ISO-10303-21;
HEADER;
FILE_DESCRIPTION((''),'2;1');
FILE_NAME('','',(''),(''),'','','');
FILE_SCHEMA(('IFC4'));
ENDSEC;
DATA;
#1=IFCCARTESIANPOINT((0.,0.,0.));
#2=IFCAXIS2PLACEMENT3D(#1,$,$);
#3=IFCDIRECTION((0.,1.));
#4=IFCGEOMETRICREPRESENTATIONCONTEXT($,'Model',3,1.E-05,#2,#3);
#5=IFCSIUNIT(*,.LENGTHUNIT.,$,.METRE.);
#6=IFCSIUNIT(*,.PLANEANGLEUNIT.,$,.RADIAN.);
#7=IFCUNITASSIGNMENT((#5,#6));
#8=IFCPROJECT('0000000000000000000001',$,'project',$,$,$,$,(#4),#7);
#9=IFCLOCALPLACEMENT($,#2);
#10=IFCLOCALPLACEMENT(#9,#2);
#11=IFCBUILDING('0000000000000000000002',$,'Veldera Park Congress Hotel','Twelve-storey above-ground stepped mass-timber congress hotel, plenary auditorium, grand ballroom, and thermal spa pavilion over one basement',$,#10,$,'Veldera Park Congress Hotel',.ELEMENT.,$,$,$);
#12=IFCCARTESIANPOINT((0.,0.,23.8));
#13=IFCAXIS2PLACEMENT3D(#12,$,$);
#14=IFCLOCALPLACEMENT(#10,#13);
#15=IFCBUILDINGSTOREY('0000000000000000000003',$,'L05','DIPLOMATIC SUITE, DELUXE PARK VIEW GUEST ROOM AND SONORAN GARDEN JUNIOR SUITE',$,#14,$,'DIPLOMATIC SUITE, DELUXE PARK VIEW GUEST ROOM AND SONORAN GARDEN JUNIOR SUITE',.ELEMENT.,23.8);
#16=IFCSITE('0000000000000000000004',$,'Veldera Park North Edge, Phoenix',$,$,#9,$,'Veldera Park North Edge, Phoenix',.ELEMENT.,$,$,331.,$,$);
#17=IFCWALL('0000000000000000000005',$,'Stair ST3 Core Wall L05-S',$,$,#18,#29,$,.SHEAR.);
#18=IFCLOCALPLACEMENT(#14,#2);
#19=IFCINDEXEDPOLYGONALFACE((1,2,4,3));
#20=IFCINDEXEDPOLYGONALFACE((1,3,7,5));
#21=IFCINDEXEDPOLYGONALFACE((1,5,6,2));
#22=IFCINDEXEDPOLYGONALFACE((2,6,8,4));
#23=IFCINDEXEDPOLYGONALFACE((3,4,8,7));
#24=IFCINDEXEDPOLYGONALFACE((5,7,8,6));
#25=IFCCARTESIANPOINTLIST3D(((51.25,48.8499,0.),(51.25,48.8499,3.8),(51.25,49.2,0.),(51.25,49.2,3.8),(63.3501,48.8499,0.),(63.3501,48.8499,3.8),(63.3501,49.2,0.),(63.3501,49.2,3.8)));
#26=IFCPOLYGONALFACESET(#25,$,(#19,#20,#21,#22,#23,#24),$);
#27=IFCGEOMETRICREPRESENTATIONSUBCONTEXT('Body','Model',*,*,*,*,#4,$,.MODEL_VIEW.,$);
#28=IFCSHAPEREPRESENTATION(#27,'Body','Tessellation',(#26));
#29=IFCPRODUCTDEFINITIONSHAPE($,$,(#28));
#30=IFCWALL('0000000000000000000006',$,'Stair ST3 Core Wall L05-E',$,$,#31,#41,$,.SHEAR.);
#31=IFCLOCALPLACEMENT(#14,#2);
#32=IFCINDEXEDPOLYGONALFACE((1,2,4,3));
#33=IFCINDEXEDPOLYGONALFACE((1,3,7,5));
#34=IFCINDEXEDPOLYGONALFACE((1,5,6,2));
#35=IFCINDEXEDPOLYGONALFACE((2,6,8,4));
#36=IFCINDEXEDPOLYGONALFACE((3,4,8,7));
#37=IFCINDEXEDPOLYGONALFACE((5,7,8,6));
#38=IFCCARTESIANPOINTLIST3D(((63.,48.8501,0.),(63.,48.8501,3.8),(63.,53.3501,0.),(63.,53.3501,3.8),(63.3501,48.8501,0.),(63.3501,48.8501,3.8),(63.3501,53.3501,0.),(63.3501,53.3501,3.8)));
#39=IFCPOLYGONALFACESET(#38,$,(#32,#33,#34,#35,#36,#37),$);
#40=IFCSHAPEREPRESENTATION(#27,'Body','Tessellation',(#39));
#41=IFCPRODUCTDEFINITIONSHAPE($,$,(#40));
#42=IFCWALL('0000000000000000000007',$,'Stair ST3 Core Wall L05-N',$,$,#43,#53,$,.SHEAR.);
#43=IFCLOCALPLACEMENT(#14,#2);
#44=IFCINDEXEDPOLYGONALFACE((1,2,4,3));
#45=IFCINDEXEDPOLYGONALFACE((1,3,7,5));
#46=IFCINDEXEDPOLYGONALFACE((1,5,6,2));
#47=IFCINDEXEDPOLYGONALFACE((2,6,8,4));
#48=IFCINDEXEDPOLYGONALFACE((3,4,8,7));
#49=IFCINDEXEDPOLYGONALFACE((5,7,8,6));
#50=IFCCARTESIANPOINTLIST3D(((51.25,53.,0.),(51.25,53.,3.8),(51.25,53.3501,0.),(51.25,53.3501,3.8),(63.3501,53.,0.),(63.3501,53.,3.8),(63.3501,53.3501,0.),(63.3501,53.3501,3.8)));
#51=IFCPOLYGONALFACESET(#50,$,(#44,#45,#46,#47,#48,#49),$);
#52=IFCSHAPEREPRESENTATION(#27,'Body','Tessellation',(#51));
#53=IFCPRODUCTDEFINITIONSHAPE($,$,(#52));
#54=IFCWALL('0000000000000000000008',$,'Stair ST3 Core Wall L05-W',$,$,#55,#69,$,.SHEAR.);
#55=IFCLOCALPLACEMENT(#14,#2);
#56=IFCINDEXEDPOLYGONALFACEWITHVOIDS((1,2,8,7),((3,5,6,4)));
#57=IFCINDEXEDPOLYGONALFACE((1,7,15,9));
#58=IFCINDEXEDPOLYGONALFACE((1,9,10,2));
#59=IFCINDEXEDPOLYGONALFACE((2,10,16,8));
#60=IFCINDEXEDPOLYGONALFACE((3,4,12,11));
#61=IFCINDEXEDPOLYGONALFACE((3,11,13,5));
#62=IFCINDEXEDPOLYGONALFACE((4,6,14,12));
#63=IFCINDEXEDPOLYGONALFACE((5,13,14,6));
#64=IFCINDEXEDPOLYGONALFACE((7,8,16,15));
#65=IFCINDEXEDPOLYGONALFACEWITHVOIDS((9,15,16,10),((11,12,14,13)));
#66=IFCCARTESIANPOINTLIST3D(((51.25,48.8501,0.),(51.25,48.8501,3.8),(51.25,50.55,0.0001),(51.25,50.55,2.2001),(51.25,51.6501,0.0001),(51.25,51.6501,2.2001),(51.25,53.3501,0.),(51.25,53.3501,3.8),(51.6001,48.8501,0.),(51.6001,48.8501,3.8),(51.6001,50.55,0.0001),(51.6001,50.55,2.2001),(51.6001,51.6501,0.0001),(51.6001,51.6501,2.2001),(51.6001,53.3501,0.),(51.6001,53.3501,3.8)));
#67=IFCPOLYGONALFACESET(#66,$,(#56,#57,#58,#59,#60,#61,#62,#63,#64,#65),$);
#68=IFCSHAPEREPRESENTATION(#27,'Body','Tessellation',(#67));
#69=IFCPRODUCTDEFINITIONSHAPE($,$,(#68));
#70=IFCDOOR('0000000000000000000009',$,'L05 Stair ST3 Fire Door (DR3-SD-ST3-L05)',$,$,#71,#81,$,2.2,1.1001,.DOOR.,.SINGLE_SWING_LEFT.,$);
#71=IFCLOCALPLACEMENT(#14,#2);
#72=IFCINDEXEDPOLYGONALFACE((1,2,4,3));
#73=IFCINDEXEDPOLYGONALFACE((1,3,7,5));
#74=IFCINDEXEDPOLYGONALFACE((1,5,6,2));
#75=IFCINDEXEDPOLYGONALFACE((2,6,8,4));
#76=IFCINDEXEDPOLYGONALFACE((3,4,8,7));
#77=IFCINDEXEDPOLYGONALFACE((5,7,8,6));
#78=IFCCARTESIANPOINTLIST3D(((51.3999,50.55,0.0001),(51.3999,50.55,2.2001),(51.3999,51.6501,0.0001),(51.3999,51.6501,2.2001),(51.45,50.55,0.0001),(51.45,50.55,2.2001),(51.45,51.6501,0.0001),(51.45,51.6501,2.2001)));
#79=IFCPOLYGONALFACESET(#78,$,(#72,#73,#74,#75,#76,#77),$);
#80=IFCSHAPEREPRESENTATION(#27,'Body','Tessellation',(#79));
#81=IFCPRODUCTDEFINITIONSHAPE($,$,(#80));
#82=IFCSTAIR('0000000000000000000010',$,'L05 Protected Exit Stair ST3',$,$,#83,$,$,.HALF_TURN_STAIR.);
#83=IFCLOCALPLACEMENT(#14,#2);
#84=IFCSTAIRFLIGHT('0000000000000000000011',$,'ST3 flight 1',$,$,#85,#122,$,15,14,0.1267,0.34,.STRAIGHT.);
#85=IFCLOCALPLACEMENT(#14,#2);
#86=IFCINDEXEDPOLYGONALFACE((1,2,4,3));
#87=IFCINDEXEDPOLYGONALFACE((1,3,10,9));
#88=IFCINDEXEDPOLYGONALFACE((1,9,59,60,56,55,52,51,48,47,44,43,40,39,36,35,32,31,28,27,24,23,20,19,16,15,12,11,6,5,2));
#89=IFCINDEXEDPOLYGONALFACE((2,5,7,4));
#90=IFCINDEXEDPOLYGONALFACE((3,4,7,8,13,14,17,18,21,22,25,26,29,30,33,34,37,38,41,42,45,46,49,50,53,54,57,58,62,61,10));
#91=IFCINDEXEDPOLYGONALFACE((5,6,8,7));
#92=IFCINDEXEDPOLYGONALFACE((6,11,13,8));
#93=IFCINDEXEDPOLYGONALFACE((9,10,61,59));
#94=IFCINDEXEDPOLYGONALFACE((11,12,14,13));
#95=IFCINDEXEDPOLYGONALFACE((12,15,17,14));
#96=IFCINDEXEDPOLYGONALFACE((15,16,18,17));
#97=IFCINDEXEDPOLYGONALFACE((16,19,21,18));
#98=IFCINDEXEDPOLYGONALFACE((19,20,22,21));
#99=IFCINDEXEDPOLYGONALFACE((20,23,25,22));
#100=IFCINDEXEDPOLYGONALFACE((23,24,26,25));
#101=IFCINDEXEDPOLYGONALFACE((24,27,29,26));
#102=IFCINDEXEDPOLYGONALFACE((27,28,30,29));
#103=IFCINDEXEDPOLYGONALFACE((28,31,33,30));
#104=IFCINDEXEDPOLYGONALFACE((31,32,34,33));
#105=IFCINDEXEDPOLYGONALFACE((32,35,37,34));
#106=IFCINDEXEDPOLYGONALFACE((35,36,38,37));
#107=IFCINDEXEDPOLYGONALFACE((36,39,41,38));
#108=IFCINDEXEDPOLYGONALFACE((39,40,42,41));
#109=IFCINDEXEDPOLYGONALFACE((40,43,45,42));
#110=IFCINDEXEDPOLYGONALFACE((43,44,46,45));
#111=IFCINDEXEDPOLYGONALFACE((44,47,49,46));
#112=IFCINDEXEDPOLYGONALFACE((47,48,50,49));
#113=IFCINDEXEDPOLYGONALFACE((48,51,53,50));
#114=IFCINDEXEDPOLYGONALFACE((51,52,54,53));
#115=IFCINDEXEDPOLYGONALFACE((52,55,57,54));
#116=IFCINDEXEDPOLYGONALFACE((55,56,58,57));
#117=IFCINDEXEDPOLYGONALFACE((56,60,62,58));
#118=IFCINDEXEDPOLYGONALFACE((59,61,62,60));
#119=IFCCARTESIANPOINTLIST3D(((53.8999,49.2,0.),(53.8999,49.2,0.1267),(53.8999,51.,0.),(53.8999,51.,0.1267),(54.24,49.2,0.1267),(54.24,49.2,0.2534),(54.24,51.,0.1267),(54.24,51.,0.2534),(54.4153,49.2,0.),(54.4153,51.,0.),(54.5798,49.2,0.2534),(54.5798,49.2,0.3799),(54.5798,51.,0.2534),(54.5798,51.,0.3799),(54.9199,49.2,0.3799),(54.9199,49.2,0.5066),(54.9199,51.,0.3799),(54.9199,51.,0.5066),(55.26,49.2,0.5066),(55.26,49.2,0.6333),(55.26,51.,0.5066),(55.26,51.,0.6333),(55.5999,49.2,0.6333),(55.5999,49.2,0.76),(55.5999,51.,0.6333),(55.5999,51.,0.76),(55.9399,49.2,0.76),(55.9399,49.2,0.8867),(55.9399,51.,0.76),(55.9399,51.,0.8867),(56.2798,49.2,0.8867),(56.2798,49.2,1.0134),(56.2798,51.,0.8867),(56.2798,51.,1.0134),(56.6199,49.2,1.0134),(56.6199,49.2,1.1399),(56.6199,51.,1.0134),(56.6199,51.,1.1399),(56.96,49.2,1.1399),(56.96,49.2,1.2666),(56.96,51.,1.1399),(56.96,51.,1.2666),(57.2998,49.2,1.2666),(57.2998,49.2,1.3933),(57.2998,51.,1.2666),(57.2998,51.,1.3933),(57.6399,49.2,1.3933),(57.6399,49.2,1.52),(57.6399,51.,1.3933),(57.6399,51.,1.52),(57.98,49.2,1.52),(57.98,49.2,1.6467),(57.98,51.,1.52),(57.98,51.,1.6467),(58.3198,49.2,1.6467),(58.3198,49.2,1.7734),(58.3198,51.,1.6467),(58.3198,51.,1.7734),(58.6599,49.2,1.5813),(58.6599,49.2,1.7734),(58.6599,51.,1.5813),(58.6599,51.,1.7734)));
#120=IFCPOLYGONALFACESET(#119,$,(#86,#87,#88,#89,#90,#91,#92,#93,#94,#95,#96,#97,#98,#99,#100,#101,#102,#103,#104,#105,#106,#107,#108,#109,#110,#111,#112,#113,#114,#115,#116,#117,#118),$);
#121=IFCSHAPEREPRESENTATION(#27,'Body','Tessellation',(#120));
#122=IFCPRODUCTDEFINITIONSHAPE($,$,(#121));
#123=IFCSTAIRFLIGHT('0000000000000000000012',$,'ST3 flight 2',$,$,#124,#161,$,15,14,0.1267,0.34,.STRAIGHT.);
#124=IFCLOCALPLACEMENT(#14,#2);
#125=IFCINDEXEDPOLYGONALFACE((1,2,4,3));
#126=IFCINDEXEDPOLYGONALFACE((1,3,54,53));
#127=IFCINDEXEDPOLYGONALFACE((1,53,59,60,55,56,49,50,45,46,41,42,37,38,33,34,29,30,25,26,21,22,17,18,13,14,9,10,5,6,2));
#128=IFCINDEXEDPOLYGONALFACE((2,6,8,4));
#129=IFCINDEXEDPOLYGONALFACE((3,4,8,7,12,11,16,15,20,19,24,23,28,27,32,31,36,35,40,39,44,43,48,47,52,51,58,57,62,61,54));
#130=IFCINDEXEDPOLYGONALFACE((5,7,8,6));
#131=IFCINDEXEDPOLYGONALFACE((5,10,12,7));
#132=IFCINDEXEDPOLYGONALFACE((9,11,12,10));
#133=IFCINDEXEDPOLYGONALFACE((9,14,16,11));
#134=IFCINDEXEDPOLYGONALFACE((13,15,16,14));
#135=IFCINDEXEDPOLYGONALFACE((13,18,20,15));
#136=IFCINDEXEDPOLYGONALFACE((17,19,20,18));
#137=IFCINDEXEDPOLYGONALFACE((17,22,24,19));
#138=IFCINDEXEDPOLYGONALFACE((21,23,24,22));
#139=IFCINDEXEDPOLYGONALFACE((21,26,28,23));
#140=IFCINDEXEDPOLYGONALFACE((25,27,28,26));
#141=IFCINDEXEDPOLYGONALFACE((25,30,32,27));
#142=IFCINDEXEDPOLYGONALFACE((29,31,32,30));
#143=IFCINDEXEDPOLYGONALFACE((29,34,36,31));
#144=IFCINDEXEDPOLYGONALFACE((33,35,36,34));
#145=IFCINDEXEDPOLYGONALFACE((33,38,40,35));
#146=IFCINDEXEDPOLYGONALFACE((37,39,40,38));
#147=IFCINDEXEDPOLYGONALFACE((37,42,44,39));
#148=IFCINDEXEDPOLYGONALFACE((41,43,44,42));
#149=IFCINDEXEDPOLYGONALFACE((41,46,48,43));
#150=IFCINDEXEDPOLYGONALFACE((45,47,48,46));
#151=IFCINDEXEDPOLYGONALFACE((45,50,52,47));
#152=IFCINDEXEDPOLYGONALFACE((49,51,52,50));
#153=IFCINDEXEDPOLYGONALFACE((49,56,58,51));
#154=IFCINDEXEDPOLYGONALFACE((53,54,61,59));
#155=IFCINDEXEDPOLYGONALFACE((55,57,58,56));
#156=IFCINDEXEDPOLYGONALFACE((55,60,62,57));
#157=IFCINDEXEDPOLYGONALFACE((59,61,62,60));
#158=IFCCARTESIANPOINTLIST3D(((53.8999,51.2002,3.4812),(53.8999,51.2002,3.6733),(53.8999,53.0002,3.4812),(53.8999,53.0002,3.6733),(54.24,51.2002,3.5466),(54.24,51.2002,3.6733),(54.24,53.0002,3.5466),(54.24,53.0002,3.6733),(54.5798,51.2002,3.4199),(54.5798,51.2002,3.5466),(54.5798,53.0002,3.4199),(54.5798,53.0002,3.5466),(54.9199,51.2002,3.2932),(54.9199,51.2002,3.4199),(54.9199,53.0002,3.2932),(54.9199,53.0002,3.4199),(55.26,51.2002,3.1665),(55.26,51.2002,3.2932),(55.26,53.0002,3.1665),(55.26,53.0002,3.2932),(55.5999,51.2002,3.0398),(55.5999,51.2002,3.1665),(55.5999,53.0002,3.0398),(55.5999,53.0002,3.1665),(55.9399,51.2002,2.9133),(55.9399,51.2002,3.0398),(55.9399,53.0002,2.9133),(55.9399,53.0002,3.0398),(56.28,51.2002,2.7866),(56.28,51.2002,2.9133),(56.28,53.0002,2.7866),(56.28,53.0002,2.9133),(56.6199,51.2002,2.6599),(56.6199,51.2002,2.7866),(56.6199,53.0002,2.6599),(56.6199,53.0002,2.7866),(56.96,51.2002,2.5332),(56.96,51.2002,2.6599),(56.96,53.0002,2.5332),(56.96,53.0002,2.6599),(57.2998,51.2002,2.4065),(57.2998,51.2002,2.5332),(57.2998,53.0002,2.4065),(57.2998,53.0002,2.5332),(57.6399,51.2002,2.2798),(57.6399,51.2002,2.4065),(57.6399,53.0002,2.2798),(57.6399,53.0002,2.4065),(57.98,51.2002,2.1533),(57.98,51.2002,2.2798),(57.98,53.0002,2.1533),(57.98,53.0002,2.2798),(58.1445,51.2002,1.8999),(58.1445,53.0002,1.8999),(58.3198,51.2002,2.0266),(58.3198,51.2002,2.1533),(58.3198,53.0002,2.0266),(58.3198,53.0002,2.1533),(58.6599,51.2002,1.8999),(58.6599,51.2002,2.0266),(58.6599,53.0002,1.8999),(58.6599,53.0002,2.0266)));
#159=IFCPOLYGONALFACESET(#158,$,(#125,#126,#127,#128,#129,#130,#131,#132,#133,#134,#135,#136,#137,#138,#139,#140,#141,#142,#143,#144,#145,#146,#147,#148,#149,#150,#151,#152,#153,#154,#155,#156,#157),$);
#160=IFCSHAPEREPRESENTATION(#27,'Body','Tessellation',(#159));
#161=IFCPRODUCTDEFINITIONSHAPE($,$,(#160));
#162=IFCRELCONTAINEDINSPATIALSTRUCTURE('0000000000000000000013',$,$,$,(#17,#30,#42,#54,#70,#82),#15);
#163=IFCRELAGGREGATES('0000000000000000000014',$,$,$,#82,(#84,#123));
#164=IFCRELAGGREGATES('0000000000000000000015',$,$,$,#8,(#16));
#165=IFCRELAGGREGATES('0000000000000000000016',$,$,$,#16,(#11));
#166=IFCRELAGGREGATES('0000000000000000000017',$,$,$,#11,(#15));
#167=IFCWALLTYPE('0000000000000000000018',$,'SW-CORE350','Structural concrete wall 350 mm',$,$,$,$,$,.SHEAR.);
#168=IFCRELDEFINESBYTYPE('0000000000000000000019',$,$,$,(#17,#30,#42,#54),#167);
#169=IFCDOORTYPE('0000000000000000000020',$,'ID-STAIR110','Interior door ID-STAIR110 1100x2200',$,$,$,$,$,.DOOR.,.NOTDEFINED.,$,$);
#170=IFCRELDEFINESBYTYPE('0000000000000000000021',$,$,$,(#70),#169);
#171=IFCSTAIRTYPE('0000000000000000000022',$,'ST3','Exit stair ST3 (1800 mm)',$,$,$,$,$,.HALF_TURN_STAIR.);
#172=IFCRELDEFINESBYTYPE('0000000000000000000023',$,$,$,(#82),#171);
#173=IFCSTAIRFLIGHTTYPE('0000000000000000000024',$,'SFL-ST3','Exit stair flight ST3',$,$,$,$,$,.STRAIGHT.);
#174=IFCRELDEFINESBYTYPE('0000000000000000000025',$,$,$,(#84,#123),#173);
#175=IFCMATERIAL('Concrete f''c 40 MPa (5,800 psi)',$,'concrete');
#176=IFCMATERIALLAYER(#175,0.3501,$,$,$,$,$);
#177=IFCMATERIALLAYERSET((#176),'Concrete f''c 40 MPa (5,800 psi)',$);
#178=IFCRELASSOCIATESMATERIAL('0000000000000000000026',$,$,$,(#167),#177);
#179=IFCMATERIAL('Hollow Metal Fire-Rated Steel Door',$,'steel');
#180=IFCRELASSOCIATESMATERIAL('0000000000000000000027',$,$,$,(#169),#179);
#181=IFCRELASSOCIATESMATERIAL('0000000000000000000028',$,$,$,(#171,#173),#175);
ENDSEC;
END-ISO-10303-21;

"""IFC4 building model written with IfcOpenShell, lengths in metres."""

from ifc_helpers import new_model, si_unit, direction, frame, frame_2d, origin, place, context, subcontext, project, spatial, polyline, rectangle, outline, extrude, material, layer, layer_set, type_object, element, fill, aggregate, save


model = new_model("IFC4")

# Units and contexts
model_context = context("Model", 3, precision=1e-05, world=origin(), true_north=direction((0.0, 1.0)))
body_context = subcontext(model_context, "Body", "Model", "MODEL_VIEW")
ifc_project = project(units=[si_unit("LENGTHUNIT", "METRE"), si_unit("PLANEANGLEUNIT", "RADIAN")], contexts=[model_context])

# Site, building, storey
site_placement = place(None, origin())
site = spatial("IfcSite", under=ifc_project, at=site_placement, Name="Veldera Park North Edge, Phoenix", LongName="Veldera Park North Edge, Phoenix", CompositionType="ELEMENT", RefElevation=331.0)
building_placement = place(site_placement, origin())
building = spatial("IfcBuilding", under=site, at=building_placement, Name="Veldera Park Congress Hotel", Description="Twelve-storey above-ground stepped mass-timber congress hotel, plenary auditorium, grand ballroom, and thermal spa pavilion over one basement", LongName="Veldera Park Congress Hotel", CompositionType="ELEMENT")
storey_placement = place(building_placement, frame((0.0, 0.0, 23.8)))
storey = spatial("IfcBuildingStorey", under=building, at=storey_placement, Name="L05", Description="DIPLOMATIC SUITE, DELUXE PARK VIEW GUEST ROOM AND SONORAN GARDEN JUNIOR SUITE", LongName="DIPLOMATIC SUITE, DELUXE PARK VIEW GUEST ROOM AND SONORAN GARDEN JUNIOR SUITE", CompositionType="ELEMENT", Elevation=23.8)

# Walls
ifc_material_1 = material(Name="Concrete f'c 40 MPa (5,800 psi)", Category="concrete")
ifc_layer_1 = layer(ifc_material_1, 0.3501)
ifc_layer_set_1 = layer_set([ifc_layer_1], Name="Concrete f'c 40 MPa (5,800 psi)")
wall_type_1 = type_object("IfcWallType", Name="SW-CORE350", Description="Structural concrete wall 350 mm", PredefinedType="SHEAR", material=ifc_layer_set_1)
wall_1_placement = place(storey_placement, frame((51.25, 49.0249, 0.0), z_axis=(0.0, 0.0, 1.0), x_axis=(1.0, 0.0, 0.0)))
element("IfcWall", 1, at=wall_1_placement, inside=storey, type_object=wall_type_1, Name="Stair ST3 Core Wall L05-S", PredefinedType="SHEAR", context=body_context, shape_type="SweptSolid", body=[
    extrude(rectangle(XDim=12.1001, YDim=0.3501, at=frame_2d((6.05, 0.0))), origin(), (0.0, 0.0, 1.0), 3.8),
])
wall_2_placement = place(storey_placement, frame((63.175, 48.8501, 0.0), z_axis=(0.0, 0.0, 1.0), x_axis=(0.0, 1.0, 0.0)))
element("IfcWall", 2, at=wall_2_placement, inside=storey, type_object=wall_type_1, Name="Stair ST3 Core Wall L05-E", PredefinedType="SHEAR", context=body_context, shape_type="SweptSolid", body=[
    extrude(rectangle(XDim=4.5, YDim=0.3501, at=frame_2d((2.25, 0.0))), origin(), (0.0, 0.0, 1.0), 3.8),
])
wall_3_placement = place(storey_placement, frame((63.3501, 53.175, 0.0), z_axis=(0.0, 0.0, 1.0), x_axis=(-1.0, 0.0, 0.0)))
element("IfcWall", 3, at=wall_3_placement, inside=storey, type_object=wall_type_1, Name="Stair ST3 Core Wall L05-N", PredefinedType="SHEAR", context=body_context, shape_type="SweptSolid", body=[
    extrude(rectangle(XDim=12.1001, YDim=0.3501, at=frame_2d((6.05, 0.0))), origin(), (0.0, 0.0, 1.0), 3.8),
])

# Wall, opening, door
wall_4_placement = place(storey_placement, frame((51.425, 53.3501, 0.0), z_axis=(0.0, 0.0, 1.0), x_axis=(0.0, -1.0, 0.0)))
wall_4 = element("IfcWall", 4, at=wall_4_placement, inside=storey, type_object=wall_type_1, Name="Stair ST3 Core Wall L05-W", PredefinedType="SHEAR", context=body_context, shape_type="SweptSolid", body=[
    extrude(rectangle(XDim=4.5, YDim=0.3501, at=frame_2d((2.25, 0.0))), origin(), (0.0, 0.0, 1.0), 3.8),
])
opening_1_placement = place(wall_4_placement, frame((1.7, 0.0, 0.0)))
opening_1 = element("IfcOpeningElement", 5, at=opening_1_placement, cuts=wall_4, PredefinedType="OPENING", context=body_context, shape_type="SweptSolid", body=[
    extrude(rectangle(XDim=1.1001, YDim=2.2, at=frame_2d((0.55, 1.1001))), frame((0.0, 0.187, 0.0), z_axis=(0.0, -1.0, 0.0), x_axis=(1.0, 0.0, 0.0)), (0.0, 0.0, 1.0), 0.374),
])
ifc_material_2 = material(Name="Hollow Metal Fire-Rated Steel Door", Category="steel")
door_type = type_object("IfcDoorType", Name="ID-STAIR110", Description="Interior door ID-STAIR110 1100x2200", OperationType="NOTDEFINED", PredefinedType="DOOR", material=ifc_material_2)
door_placement = place(opening_1_placement, origin())
door = element("IfcDoor", 6, at=door_placement, inside=storey, type_object=door_type, Name="L05 Stair ST3 Fire Door (DR3-SD-ST3-L05)", OperationType="SINGLE_SWING_LEFT", OverallHeight=2.2, OverallWidth=1.1001, PredefinedType="DOOR", context=body_context, shape_type="SweptSolid", body=[
    extrude(rectangle(XDim=1.1001, YDim=2.2, at=frame_2d((0.55, 1.1001))), frame((0.0, 0.0249, 0.0), z_axis=(0.0, -1.0, 0.0), x_axis=(1.0, 0.0, 0.0)), (0.0, 0.0, 1.0), 0.05),
])
fill(opening_1, door)

# Stair, stair flights
stair_type = type_object("IfcStairType", Name="ST3", Description="Exit stair ST3 (1800 mm)", PredefinedType="HALF_TURN_STAIR", material=ifc_material_1)
stair_placement = place(storey_placement, origin())
stair = element("IfcStair", 7, at=stair_placement, inside=storey, type_object=stair_type, Name="L05 Protected Exit Stair ST3", PredefinedType="HALF_TURN_STAIR")
stair_flight_type = type_object("IfcStairFlightType", Name="SFL-ST3", Description="Exit stair flight ST3", PredefinedType="STRAIGHT", material=ifc_material_1)
stair_flight_1_placement = place(storey_placement, frame((53.8999, 50.1001, 0.0), z_axis=(0.0, 0.0, 1.0), x_axis=(1.0, 0.0, 0.0)))
stair_flight_1 = element("IfcStairFlight", 8, at=stair_flight_1_placement, type_object=stair_flight_type, Name="ST3 flight 1", NumberOfRisers=15, NumberOfTreads=14, PredefinedType="STRAIGHT", RiserHeight=0.1267, TreadLength=0.34, context=body_context, shape_type="SweptSolid", body=[
    extrude(outline(polyline([(0.0, 0.0), (0.0, 0.1267), (0.3401, 0.1267), (0.3401, 0.2534), (0.6799, 0.2534), (0.6799, 0.3799), (1.02, 0.3799), (1.02, 0.5066), (1.3601, 0.5066), (1.3601, 0.6333), (1.7, 0.6333), (1.7, 0.76), (2.04, 0.76), (2.04, 0.8867), (2.3799, 0.8867), (2.3799, 1.0134), (2.72, 1.0134), (2.72, 1.1399), (3.0601, 1.1399), (3.0601, 1.2666), (3.3999, 1.2666), (3.3999, 1.3933), (3.74, 1.3933), (3.74, 1.52), (4.0801, 1.52), (4.0801, 1.6467), (4.4199, 1.6467), (4.4199, 1.7734), (4.76, 1.7734), (4.76, 1.8999), (4.76, 1.8999), (4.76, 1.5813), (0.5154, 0.0), (0.0, 0.0)])), frame((0.0, 0.8999, 0.0), z_axis=(0.0, -1.0, 0.0), x_axis=(1.0, 0.0, 0.0)), (0.0, 0.0, 1.0), 1.8),
])
stair_flight_2_placement = place(storey_placement, frame((58.6599, 52.1001, 1.8999), z_axis=(0.0, 0.0, 1.0), x_axis=(-1.0, 0.0, 0.0)))
stair_flight_2 = element("IfcStairFlight", 9, at=stair_flight_2_placement, type_object=stair_flight_type, Name="ST3 flight 2", NumberOfRisers=15, NumberOfTreads=14, PredefinedType="STRAIGHT", RiserHeight=0.1267, TreadLength=0.34, context=body_context, shape_type="SweptSolid", body=[
    extrude(outline(polyline([(0.0, 0.0), (0.0, 0.1267), (0.3401, 0.1267), (0.3401, 0.2534), (0.6799, 0.2534), (0.6799, 0.3799), (1.02, 0.3799), (1.02, 0.5066), (1.3601, 0.5066), (1.3601, 0.6333), (1.7, 0.6333), (1.7, 0.76), (2.04, 0.76), (2.04, 0.8867), (2.3799, 0.8867), (2.3799, 1.0134), (2.72, 1.0134), (2.72, 1.1399), (3.0601, 1.1399), (3.0601, 1.2666), (3.3999, 1.2666), (3.3999, 1.3933), (3.74, 1.3933), (3.74, 1.52), (4.0801, 1.52), (4.0801, 1.6467), (4.4199, 1.6467), (4.4199, 1.7734), (4.76, 1.7734), (4.76, 1.8999), (4.76, 1.8999), (4.76, 1.5813), (0.5154, 0.0), (0.0, 0.0)])), frame((0.0, 0.8999, 0.0), z_axis=(0.0, -1.0, 0.0), x_axis=(1.0, 0.0, 0.0)), (0.0, 0.0, 1.0), 1.8),
])
aggregate(stair, [stair_flight_1, stair_flight_2])

save(model, "model.ifc")
